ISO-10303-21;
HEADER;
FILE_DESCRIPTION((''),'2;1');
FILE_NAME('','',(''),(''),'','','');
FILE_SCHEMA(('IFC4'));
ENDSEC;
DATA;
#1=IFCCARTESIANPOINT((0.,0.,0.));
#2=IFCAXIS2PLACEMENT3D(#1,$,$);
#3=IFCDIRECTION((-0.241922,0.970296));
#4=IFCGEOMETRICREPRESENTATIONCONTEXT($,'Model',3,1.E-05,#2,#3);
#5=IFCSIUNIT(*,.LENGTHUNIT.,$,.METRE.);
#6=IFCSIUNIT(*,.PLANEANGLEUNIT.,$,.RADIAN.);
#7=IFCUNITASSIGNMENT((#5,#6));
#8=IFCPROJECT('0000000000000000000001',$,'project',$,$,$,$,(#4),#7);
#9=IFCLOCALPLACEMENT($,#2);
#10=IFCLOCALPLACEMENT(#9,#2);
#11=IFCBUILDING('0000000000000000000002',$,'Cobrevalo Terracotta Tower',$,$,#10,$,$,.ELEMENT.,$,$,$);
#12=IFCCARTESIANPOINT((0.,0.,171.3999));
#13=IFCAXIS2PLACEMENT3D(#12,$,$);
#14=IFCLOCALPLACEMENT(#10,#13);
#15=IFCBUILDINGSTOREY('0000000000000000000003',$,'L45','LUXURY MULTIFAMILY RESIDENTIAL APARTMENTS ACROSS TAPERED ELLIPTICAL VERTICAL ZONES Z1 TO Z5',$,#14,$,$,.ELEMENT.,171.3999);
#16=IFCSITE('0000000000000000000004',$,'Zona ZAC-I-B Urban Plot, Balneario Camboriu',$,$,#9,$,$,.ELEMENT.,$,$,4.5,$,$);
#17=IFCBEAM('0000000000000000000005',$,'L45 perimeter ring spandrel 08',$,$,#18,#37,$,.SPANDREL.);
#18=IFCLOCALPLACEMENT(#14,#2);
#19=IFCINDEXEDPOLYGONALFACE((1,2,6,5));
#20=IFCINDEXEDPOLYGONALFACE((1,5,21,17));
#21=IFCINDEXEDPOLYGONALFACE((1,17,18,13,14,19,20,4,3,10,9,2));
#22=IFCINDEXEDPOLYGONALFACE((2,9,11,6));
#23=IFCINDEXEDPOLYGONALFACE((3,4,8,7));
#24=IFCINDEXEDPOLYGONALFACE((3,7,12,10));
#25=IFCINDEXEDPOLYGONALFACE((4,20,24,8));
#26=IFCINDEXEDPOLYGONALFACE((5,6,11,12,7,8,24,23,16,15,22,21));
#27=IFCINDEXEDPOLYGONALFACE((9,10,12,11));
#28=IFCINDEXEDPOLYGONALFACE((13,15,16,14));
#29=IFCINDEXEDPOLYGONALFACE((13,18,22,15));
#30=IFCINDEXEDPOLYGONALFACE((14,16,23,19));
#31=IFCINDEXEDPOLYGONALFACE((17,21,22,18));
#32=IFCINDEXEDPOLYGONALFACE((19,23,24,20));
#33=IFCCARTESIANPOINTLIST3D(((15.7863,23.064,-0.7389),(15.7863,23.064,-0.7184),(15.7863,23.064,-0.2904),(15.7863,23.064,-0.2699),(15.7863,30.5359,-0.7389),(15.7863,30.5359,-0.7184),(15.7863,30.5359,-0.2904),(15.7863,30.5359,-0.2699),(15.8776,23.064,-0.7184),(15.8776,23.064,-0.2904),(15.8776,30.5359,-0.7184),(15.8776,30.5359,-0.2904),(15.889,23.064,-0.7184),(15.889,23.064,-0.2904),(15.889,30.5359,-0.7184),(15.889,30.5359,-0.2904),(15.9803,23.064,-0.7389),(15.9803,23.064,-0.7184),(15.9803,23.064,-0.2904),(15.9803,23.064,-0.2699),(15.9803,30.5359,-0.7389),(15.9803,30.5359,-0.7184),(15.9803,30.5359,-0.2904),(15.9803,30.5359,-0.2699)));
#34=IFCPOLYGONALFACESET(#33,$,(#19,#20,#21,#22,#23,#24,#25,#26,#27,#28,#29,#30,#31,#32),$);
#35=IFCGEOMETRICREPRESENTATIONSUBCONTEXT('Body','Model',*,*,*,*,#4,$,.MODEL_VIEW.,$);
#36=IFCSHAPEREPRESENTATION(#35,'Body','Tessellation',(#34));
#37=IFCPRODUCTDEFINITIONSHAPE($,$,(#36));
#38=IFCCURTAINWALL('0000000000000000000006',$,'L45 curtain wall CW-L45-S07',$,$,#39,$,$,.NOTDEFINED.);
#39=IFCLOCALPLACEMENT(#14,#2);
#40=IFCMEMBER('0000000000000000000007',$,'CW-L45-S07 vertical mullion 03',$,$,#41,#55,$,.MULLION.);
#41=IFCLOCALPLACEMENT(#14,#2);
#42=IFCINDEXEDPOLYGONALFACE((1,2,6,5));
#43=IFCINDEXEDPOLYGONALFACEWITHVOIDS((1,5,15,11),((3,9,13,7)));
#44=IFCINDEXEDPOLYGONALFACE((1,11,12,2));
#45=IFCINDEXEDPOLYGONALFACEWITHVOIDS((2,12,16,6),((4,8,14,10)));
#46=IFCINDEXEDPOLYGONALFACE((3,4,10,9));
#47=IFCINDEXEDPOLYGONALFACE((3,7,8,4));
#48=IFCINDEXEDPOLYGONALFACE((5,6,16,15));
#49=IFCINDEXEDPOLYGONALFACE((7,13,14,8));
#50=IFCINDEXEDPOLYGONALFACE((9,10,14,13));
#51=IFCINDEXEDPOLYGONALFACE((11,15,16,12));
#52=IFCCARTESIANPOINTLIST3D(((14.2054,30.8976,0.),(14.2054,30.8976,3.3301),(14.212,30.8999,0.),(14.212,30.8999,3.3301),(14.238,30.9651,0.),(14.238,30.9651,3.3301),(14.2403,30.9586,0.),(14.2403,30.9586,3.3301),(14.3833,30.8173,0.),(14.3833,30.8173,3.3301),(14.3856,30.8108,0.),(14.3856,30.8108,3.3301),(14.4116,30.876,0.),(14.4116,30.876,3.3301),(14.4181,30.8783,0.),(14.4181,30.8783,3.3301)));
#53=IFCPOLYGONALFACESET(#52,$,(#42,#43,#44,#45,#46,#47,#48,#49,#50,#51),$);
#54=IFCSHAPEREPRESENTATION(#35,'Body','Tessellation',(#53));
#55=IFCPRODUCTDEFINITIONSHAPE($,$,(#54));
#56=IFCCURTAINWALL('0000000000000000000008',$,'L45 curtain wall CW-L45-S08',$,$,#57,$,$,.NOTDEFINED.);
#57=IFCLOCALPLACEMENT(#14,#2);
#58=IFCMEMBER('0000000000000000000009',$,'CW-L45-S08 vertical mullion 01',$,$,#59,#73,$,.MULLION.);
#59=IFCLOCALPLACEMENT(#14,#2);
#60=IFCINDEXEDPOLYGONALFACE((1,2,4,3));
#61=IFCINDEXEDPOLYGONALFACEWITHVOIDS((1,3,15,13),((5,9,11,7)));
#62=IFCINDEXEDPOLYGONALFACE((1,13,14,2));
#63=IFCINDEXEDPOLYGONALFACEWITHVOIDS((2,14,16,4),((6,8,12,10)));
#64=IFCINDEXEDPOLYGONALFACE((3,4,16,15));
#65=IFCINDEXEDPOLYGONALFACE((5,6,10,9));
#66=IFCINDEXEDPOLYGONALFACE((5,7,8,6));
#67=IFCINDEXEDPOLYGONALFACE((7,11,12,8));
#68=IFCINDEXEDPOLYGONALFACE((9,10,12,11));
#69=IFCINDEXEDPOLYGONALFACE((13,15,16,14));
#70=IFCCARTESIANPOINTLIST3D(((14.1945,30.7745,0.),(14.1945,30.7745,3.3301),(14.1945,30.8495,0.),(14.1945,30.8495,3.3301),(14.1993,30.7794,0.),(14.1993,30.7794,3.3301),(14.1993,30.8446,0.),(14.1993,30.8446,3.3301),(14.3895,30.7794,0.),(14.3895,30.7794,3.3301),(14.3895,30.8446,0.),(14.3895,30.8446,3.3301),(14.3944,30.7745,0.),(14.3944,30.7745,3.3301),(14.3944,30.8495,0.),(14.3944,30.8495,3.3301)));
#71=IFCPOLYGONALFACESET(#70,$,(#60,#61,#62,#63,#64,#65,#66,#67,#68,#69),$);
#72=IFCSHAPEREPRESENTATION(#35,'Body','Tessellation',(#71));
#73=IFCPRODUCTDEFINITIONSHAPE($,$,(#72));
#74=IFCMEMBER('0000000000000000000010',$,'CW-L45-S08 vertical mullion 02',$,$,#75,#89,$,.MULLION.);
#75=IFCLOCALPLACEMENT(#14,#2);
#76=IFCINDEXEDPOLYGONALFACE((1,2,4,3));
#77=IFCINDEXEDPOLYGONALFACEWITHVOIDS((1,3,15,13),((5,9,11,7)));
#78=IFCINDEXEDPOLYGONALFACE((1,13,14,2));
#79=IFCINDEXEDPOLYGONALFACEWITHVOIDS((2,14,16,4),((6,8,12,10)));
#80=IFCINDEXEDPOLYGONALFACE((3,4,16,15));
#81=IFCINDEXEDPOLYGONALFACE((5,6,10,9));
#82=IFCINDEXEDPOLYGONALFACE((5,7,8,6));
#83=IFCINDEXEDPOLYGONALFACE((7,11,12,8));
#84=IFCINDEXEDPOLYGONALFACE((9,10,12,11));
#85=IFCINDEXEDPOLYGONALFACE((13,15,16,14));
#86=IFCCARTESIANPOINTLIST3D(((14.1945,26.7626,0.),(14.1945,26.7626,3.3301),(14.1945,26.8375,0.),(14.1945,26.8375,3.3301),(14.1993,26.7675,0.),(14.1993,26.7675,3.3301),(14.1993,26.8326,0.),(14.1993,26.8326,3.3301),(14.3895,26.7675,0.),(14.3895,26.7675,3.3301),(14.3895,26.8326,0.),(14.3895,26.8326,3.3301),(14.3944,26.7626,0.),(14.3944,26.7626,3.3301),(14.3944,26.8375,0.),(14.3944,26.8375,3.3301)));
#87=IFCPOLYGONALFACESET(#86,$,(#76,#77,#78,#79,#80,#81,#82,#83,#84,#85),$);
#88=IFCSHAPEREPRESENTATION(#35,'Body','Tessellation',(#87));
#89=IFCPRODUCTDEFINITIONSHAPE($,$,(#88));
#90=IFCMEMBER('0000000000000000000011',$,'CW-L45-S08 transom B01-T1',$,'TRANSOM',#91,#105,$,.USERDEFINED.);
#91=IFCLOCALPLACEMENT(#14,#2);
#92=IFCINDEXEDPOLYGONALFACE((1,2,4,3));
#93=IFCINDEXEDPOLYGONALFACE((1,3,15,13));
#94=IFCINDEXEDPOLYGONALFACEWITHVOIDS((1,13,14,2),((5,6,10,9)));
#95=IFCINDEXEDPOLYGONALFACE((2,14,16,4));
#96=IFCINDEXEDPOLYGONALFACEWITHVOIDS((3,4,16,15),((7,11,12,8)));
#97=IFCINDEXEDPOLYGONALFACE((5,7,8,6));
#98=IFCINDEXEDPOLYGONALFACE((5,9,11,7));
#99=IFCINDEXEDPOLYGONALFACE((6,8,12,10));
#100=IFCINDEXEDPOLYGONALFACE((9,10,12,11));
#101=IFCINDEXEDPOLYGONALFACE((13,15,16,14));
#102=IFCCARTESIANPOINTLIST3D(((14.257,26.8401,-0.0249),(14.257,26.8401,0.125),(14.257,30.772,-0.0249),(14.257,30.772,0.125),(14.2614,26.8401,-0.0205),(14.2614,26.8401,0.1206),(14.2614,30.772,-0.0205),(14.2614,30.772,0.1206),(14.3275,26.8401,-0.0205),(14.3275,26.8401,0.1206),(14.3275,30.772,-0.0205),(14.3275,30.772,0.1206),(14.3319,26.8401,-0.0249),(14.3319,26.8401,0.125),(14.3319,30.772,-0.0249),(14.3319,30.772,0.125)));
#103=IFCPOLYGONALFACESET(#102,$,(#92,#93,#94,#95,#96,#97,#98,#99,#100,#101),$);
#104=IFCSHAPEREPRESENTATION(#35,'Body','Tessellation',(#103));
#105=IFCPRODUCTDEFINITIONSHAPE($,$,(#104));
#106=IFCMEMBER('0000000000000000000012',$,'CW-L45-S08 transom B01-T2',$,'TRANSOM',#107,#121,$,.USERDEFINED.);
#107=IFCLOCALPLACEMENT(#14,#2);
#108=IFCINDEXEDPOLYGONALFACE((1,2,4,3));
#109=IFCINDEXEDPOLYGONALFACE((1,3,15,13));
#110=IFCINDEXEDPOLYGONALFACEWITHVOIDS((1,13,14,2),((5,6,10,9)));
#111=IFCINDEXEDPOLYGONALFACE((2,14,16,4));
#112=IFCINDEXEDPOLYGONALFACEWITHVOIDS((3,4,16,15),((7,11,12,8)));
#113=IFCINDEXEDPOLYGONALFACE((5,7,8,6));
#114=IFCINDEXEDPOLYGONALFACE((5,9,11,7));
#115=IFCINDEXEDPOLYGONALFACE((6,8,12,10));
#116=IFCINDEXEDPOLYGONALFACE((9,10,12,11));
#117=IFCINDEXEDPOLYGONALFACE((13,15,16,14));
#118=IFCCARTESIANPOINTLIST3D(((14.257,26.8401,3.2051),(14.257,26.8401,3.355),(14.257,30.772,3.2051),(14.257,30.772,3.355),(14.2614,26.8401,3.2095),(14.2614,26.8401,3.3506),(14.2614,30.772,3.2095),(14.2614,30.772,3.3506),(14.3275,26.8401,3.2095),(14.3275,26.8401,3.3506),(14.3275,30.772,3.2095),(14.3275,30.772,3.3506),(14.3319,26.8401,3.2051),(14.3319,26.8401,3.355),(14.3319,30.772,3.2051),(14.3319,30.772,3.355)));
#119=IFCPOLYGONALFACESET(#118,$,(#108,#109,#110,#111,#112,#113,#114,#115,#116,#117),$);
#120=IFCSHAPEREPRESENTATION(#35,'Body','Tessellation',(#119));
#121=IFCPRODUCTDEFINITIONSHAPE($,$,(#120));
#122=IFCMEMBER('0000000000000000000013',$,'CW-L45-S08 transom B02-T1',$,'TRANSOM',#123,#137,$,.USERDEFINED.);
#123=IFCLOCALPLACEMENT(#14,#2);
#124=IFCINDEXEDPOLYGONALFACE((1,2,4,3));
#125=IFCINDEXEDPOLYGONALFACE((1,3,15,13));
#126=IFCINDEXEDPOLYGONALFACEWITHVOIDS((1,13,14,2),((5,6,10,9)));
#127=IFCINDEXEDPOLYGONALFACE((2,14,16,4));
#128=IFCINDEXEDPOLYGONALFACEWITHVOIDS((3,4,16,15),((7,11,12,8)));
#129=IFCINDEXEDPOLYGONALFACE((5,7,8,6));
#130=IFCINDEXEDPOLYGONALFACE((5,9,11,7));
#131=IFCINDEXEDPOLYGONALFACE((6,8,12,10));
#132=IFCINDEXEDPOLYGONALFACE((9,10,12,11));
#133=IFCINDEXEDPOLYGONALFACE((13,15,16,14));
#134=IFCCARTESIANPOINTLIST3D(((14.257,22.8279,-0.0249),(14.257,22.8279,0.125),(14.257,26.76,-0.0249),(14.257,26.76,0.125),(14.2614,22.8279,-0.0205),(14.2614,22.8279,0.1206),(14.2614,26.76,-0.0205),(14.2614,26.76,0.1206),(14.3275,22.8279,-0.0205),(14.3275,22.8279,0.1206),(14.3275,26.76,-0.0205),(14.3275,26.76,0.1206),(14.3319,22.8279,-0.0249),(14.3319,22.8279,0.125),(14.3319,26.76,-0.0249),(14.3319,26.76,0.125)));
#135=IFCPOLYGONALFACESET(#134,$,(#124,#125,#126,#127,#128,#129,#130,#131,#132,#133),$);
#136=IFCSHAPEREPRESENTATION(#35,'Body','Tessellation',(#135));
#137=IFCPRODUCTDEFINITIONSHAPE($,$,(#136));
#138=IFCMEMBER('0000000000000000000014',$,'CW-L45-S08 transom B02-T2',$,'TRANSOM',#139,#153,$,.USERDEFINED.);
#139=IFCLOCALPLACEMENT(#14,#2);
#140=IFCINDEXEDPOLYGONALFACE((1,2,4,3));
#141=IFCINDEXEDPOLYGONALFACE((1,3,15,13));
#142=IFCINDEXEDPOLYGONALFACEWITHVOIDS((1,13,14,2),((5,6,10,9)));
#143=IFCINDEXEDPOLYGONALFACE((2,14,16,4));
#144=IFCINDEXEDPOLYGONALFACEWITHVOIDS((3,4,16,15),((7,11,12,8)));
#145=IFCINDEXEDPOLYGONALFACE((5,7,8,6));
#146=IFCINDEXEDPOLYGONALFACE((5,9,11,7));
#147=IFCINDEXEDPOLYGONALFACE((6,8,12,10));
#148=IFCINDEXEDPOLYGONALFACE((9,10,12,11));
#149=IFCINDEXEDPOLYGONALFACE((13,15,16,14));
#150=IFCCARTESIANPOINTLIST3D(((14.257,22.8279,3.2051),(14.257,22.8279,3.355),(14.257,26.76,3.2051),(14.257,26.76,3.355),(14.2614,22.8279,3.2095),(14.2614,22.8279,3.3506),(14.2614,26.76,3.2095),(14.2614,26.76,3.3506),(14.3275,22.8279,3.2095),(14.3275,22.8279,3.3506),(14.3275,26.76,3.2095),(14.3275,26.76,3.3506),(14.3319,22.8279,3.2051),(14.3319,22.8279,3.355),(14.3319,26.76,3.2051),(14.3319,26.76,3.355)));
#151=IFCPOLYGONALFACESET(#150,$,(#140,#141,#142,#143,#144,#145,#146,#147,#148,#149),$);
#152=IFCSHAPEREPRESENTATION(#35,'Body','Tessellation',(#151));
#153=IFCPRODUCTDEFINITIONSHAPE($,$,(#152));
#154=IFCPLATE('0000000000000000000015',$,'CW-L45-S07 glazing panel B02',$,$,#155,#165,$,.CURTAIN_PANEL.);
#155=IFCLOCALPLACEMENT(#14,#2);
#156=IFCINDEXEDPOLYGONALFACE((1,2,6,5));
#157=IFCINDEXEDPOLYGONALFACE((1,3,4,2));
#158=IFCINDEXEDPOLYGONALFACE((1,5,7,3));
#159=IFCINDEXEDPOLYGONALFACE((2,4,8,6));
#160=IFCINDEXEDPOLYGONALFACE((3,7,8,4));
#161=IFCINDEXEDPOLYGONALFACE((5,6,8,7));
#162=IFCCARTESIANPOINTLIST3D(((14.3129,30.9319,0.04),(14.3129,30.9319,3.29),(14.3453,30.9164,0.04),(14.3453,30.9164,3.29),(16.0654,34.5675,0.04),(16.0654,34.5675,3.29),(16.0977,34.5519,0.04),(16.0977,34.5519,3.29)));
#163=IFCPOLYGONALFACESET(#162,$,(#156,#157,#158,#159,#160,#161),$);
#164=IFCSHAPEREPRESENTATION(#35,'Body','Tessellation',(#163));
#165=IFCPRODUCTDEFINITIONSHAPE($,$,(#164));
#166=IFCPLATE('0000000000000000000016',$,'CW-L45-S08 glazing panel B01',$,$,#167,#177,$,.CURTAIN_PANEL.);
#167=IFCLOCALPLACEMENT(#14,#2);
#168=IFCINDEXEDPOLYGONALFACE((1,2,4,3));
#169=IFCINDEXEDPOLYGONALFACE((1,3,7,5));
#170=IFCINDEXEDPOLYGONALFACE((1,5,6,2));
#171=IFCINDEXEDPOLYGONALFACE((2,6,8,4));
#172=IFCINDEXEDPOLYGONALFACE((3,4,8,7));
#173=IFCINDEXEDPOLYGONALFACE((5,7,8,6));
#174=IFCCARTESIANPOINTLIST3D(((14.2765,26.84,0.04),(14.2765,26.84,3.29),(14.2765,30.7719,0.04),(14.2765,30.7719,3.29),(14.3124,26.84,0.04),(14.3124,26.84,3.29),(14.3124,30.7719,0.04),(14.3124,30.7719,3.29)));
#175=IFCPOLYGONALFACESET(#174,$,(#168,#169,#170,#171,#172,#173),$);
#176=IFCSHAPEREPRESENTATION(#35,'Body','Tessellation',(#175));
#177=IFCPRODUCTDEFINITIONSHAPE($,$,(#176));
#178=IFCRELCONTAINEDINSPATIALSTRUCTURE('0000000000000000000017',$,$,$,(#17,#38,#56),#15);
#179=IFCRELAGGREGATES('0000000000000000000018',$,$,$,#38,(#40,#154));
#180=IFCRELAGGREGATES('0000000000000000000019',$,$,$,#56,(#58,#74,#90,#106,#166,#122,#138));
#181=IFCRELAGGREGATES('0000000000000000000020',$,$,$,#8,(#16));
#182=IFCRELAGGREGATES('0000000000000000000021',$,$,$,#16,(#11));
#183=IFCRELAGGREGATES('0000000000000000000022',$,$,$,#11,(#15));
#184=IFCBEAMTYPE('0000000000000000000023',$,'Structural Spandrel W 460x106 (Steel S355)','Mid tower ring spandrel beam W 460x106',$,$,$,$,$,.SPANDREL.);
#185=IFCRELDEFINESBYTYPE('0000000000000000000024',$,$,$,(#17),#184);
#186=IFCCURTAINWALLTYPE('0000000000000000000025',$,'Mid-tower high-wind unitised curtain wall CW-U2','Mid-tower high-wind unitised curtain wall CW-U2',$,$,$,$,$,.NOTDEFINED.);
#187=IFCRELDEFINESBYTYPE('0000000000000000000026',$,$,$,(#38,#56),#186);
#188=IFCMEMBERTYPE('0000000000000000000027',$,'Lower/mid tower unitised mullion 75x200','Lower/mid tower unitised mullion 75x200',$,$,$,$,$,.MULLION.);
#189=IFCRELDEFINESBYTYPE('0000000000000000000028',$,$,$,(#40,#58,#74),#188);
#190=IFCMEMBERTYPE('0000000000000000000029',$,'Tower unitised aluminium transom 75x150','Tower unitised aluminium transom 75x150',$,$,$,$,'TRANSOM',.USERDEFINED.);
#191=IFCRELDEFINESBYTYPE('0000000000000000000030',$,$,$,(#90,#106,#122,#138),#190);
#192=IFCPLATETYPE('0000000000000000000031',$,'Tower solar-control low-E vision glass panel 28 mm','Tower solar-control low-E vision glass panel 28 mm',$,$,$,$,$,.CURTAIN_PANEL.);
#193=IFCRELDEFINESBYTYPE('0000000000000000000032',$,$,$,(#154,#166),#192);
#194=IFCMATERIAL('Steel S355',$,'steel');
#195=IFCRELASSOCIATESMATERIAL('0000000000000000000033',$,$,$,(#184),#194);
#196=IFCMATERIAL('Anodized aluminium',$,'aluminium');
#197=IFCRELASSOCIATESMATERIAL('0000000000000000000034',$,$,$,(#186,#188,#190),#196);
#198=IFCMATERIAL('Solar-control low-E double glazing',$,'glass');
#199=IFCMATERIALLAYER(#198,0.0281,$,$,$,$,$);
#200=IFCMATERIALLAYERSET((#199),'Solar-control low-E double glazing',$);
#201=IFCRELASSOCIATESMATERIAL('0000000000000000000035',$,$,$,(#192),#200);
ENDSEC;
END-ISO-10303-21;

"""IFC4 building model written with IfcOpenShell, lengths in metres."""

from ifc_helpers import new_model, si_unit, direction, frame, origin, origin_2d, place, context, subcontext, project, spatial, rectangle, hollow_rectangle, i_section, extrude, source, transform, mapped, material, layer, layer_set, material_profile, profile_set, type_object, element, aggregate, save


model = new_model("IFC4")

# Units and contexts
model_context = context("Model", 3, precision=1e-05, world=origin(), true_north=direction((-0.241922, 0.970296)))
body_context = subcontext(model_context, "Body", "Model", "MODEL_VIEW")
ifc_project = project(units=[si_unit("LENGTHUNIT", "METRE"), si_unit("PLANEANGLEUNIT", "RADIAN")], contexts=[model_context])

# Site, building, storey
site_placement = place(None, origin())
site = spatial("IfcSite", under=ifc_project, at=site_placement, Name="Zona ZAC-I-B Urban Plot, Balneario Camboriu", CompositionType="ELEMENT", RefElevation=4.5)
building_placement = place(site_placement, origin())
building = spatial("IfcBuilding", under=site, at=building_placement, Name="Cobrevalo Terracotta Tower", CompositionType="ELEMENT")
storey_placement = place(building_placement, frame((0.0, 0.0, 171.3999)))
storey = spatial("IfcBuildingStorey", under=building, at=storey_placement, Name="L45", Description="LUXURY MULTIFAMILY RESIDENTIAL APARTMENTS ACROSS TAPERED ELLIPTICAL VERTICAL ZONES Z1 TO Z5", CompositionType="ELEMENT", Elevation=171.3999)

# Shared definitions
ifc_material_1 = material(Name="Steel S355", Category="steel")

# Beam
ifc_material_profile_1 = material_profile(ifc_material_1, i_section(OverallWidth=0.1941, OverallDepth=0.469, WebThickness=0.0115, FlangeThickness=0.0205, at=origin_2d()), Name="W 460x106")
ifc_profile_set_1 = profile_set([ifc_material_profile_1], Name="Steel S355")
beam_type_1 = type_object("IfcBeamType", Name="Structural Spandrel W 460x106 (Steel S355)", Description="Mid tower ring spandrel beam W 460x106", PredefinedType="SPANDREL", material=ifc_profile_set_1)
beam_1_placement = place(storey_placement, frame((15.8833, 30.5359, -0.5044), z_axis=(0.0, -1.0, 0.0), x_axis=(1.0, 0.0, 0.0)))
element("IfcBeam", 1, at=beam_1_placement, inside=storey, type_object=beam_type_1, Name="L45 perimeter ring spandrel 08", PredefinedType="SPANDREL", context=body_context, shape_type="SweptSolid", body=[
    extrude(i_section(OverallWidth=0.1941, OverallDepth=0.469, WebThickness=0.0115, FlangeThickness=0.0205, at=origin_2d()), origin(), (0.0, 0.0, 1.0), 7.4719),
])

# Curtain wall, member
ifc_material_2 = material(Name="Anodized aluminium", Category="aluminium")
curtain_wall_type = type_object("IfcCurtainWallType", Name="Mid-tower high-wind unitised curtain wall CW-U2", Description="Mid-tower high-wind unitised curtain wall CW-U2", PredefinedType="NOTDEFINED", material=ifc_material_2)
curtain_wall_1_placement = place(storey_placement, origin())
curtain_wall_1 = element("IfcCurtainWall", 2, at=curtain_wall_1_placement, inside=storey, type_object=curtain_wall_type, Name="L45 curtain wall CW-L45-S07", PredefinedType="NOTDEFINED")
ifc_material_profile_2 = material_profile(ifc_material_2, hollow_rectangle(XDim=0.075, YDim=0.2, WallThickness=0.0049, at=origin_2d()), Name="CWM 75x200")
ifc_profile_set_2 = profile_set([ifc_material_profile_2], Name="Anodized aluminium")
member_type_1 = type_object("IfcMemberType", Name="Lower/mid tower unitised mullion 75x200", Description="Lower/mid tower unitised mullion 75x200", PredefinedType="MULLION", material=ifc_profile_set_2)
shared_shape_1 = source(origin(), body_context, "Body", "SweptSolid", [
    extrude(hollow_rectangle(XDim=0.075, YDim=0.2, WallThickness=0.0049, at=origin_2d()), origin(), (0.0, 0.0, 1.0), 3.3301),
])
member_1_placement = place(storey_placement, frame((14.3118, 30.8879, 0.0), z_axis=(0.0, 0.0, 1.0), x_axis=(-0.434209, -0.900812, 0.0)))
member_1 = element("IfcMember", 3, at=member_1_placement, type_object=member_type_1, Name="CW-L45-S07 vertical mullion 03", PredefinedType="MULLION", context=body_context, shape_type="MappedRepresentation", body=[
    mapped(shared_shape_1, transform((0.0, 0.0, 0.0), scale=1.0)),
])

# Curtain wall, members
curtain_wall_2_placement = place(storey_placement, origin())
curtain_wall_2 = element("IfcCurtainWall", 4, at=curtain_wall_2_placement, inside=storey, type_object=curtain_wall_type, Name="L45 curtain wall CW-L45-S08", PredefinedType="NOTDEFINED")
member_2_placement = place(storey_placement, frame((14.2944, 30.812, 0.0), z_axis=(0.0, 0.0, 1.0), x_axis=(0.0, -1.0, 0.0)))
member_2 = element("IfcMember", 5, at=member_2_placement, type_object=member_type_1, Name="CW-L45-S08 vertical mullion 01", PredefinedType="MULLION", context=body_context, shape_type="MappedRepresentation", body=[
    mapped(shared_shape_1, transform((0.0, 0.0, 0.0), scale=1.0)),
])
member_3_placement = place(storey_placement, frame((14.2944, 26.8, 0.0), z_axis=(0.0, 0.0, 1.0), x_axis=(0.0, -1.0, 0.0)))
member_3 = element("IfcMember", 6, at=member_3_placement, type_object=member_type_1, Name="CW-L45-S08 vertical mullion 02", PredefinedType="MULLION", context=body_context, shape_type="MappedRepresentation", body=[
    mapped(shared_shape_1, transform((0.0, 0.0, 0.0), scale=1.0)),
])
ifc_material_profile_3 = material_profile(ifc_material_2, hollow_rectangle(XDim=0.075, YDim=0.1499, WallThickness=0.0044, at=origin_2d()), Name="CWT 75x150")
ifc_profile_set_3 = profile_set([ifc_material_profile_3], Name="Anodized aluminium")
member_type_2 = type_object("IfcMemberType", Name="Tower unitised aluminium transom 75x150", Description="Tower unitised aluminium transom 75x150", ElementType="TRANSOM", PredefinedType="USERDEFINED", material=ifc_profile_set_3)
shared_shape_2 = source(origin(), body_context, "Body", "SweptSolid", [
    extrude(hollow_rectangle(XDim=0.075, YDim=0.1499, WallThickness=0.0044, at=origin_2d()), origin(), (0.0, 0.0, 1.0), 3.9319),
])
member_4_placement = place(storey_placement, frame((14.2944, 30.772, 0.05), z_axis=(0.0, -1.0, 0.0), x_axis=(1.0, 0.0, 0.0)))
member_4 = element("IfcMember", 7, at=member_4_placement, type_object=member_type_2, Name="CW-L45-S08 transom B01-T1", ObjectType="TRANSOM", PredefinedType="USERDEFINED", context=body_context, shape_type="MappedRepresentation", body=[
    mapped(shared_shape_2, transform((0.0, 0.0, 0.0), scale=1.0)),
])
member_5_placement = place(storey_placement, frame((14.2944, 30.772, 3.28), z_axis=(0.0, -1.0, 0.0), x_axis=(1.0, 0.0, 0.0)))
member_5 = element("IfcMember", 8, at=member_5_placement, type_object=member_type_2, Name="CW-L45-S08 transom B01-T2", ObjectType="TRANSOM", PredefinedType="USERDEFINED", context=body_context, shape_type="MappedRepresentation", body=[
    mapped(shared_shape_2, transform((0.0, 0.0, 0.0), scale=1.0)),
])
shared_shape_3 = source(origin(), body_context, "Body", "SweptSolid", [
    extrude(hollow_rectangle(XDim=0.075, YDim=0.1499, WallThickness=0.0044, at=origin_2d()), origin(), (0.0, 0.0, 1.0), 3.9321),
])
member_6_placement = place(storey_placement, frame((14.2944, 26.76, 0.05), z_axis=(0.0, -1.0, 0.0), x_axis=(1.0, 0.0, 0.0)))
member_6 = element("IfcMember", 9, at=member_6_placement, type_object=member_type_2, Name="CW-L45-S08 transom B02-T1", ObjectType="TRANSOM", PredefinedType="USERDEFINED", context=body_context, shape_type="MappedRepresentation", body=[
    mapped(shared_shape_3, transform((0.0, 0.0, 0.0), scale=1.0)),
])
member_7_placement = place(storey_placement, frame((14.2944, 26.76, 3.28), z_axis=(0.0, -1.0, 0.0), x_axis=(1.0, 0.0, 0.0)))
member_7 = element("IfcMember", 10, at=member_7_placement, type_object=member_type_2, Name="CW-L45-S08 transom B02-T2", ObjectType="TRANSOM", PredefinedType="USERDEFINED", context=body_context, shape_type="MappedRepresentation", body=[
    mapped(shared_shape_3, transform((0.0, 0.0, 0.0), scale=1.0)),
])

# Plates
ifc_material_3 = material(Name="Solar-control low-E double glazing", Category="glass")
ifc_layer_1 = layer(ifc_material_3, 0.0281)
ifc_layer_set_1 = layer_set([ifc_layer_1], Name="Solar-control low-E double glazing")
plate_type = type_object("IfcPlateType", Name="Tower solar-control low-E vision glass panel 28 mm", Description="Tower solar-control low-E vision glass panel 28 mm", PredefinedType="CURTAIN_PANEL", material=ifc_layer_set_1)
shared_shape_4 = source(origin(), body_context, "Body", "SweptSolid", [
    extrude(rectangle(XDim=4.0359, YDim=0.0359, at=origin_2d()), origin(), (0.0, 0.0, 1.0), 3.25),
])
plate_1_placement = place(storey_placement, frame((15.2053, 32.7419, 0.04), z_axis=(0.0, 0.0, 1.0), x_axis=(-0.434209, -0.900812, 0.0)))
plate_1 = element("IfcPlate", 11, at=plate_1_placement, type_object=plate_type, Name="CW-L45-S07 glazing panel B02", PredefinedType="CURTAIN_PANEL", context=body_context, shape_type="MappedRepresentation", body=[
    mapped(shared_shape_4, transform((0.0, 0.0, 0.0), scale=1.0)),
])
aggregate(curtain_wall_1, [member_1, plate_1])
shared_shape_5 = source(origin(), body_context, "Body", "SweptSolid", [
    extrude(rectangle(XDim=3.9319, YDim=0.0359, at=origin_2d()), origin(), (0.0, 0.0, 1.0), 3.25),
])
plate_2_placement = place(storey_placement, frame((14.2944, 28.8059, 0.04), z_axis=(0.0, 0.0, 1.0), x_axis=(0.0, -1.0, 0.0)))
plate_2 = element("IfcPlate", 12, at=plate_2_placement, type_object=plate_type, Name="CW-L45-S08 glazing panel B01", PredefinedType="CURTAIN_PANEL", context=body_context, shape_type="MappedRepresentation", body=[
    mapped(shared_shape_5, transform((0.0, 0.0, 0.0), scale=1.0)),
])
aggregate(curtain_wall_2, [member_2, member_3, member_4, member_5, plate_2, member_6, member_7])

save(model, "model.ifc")
